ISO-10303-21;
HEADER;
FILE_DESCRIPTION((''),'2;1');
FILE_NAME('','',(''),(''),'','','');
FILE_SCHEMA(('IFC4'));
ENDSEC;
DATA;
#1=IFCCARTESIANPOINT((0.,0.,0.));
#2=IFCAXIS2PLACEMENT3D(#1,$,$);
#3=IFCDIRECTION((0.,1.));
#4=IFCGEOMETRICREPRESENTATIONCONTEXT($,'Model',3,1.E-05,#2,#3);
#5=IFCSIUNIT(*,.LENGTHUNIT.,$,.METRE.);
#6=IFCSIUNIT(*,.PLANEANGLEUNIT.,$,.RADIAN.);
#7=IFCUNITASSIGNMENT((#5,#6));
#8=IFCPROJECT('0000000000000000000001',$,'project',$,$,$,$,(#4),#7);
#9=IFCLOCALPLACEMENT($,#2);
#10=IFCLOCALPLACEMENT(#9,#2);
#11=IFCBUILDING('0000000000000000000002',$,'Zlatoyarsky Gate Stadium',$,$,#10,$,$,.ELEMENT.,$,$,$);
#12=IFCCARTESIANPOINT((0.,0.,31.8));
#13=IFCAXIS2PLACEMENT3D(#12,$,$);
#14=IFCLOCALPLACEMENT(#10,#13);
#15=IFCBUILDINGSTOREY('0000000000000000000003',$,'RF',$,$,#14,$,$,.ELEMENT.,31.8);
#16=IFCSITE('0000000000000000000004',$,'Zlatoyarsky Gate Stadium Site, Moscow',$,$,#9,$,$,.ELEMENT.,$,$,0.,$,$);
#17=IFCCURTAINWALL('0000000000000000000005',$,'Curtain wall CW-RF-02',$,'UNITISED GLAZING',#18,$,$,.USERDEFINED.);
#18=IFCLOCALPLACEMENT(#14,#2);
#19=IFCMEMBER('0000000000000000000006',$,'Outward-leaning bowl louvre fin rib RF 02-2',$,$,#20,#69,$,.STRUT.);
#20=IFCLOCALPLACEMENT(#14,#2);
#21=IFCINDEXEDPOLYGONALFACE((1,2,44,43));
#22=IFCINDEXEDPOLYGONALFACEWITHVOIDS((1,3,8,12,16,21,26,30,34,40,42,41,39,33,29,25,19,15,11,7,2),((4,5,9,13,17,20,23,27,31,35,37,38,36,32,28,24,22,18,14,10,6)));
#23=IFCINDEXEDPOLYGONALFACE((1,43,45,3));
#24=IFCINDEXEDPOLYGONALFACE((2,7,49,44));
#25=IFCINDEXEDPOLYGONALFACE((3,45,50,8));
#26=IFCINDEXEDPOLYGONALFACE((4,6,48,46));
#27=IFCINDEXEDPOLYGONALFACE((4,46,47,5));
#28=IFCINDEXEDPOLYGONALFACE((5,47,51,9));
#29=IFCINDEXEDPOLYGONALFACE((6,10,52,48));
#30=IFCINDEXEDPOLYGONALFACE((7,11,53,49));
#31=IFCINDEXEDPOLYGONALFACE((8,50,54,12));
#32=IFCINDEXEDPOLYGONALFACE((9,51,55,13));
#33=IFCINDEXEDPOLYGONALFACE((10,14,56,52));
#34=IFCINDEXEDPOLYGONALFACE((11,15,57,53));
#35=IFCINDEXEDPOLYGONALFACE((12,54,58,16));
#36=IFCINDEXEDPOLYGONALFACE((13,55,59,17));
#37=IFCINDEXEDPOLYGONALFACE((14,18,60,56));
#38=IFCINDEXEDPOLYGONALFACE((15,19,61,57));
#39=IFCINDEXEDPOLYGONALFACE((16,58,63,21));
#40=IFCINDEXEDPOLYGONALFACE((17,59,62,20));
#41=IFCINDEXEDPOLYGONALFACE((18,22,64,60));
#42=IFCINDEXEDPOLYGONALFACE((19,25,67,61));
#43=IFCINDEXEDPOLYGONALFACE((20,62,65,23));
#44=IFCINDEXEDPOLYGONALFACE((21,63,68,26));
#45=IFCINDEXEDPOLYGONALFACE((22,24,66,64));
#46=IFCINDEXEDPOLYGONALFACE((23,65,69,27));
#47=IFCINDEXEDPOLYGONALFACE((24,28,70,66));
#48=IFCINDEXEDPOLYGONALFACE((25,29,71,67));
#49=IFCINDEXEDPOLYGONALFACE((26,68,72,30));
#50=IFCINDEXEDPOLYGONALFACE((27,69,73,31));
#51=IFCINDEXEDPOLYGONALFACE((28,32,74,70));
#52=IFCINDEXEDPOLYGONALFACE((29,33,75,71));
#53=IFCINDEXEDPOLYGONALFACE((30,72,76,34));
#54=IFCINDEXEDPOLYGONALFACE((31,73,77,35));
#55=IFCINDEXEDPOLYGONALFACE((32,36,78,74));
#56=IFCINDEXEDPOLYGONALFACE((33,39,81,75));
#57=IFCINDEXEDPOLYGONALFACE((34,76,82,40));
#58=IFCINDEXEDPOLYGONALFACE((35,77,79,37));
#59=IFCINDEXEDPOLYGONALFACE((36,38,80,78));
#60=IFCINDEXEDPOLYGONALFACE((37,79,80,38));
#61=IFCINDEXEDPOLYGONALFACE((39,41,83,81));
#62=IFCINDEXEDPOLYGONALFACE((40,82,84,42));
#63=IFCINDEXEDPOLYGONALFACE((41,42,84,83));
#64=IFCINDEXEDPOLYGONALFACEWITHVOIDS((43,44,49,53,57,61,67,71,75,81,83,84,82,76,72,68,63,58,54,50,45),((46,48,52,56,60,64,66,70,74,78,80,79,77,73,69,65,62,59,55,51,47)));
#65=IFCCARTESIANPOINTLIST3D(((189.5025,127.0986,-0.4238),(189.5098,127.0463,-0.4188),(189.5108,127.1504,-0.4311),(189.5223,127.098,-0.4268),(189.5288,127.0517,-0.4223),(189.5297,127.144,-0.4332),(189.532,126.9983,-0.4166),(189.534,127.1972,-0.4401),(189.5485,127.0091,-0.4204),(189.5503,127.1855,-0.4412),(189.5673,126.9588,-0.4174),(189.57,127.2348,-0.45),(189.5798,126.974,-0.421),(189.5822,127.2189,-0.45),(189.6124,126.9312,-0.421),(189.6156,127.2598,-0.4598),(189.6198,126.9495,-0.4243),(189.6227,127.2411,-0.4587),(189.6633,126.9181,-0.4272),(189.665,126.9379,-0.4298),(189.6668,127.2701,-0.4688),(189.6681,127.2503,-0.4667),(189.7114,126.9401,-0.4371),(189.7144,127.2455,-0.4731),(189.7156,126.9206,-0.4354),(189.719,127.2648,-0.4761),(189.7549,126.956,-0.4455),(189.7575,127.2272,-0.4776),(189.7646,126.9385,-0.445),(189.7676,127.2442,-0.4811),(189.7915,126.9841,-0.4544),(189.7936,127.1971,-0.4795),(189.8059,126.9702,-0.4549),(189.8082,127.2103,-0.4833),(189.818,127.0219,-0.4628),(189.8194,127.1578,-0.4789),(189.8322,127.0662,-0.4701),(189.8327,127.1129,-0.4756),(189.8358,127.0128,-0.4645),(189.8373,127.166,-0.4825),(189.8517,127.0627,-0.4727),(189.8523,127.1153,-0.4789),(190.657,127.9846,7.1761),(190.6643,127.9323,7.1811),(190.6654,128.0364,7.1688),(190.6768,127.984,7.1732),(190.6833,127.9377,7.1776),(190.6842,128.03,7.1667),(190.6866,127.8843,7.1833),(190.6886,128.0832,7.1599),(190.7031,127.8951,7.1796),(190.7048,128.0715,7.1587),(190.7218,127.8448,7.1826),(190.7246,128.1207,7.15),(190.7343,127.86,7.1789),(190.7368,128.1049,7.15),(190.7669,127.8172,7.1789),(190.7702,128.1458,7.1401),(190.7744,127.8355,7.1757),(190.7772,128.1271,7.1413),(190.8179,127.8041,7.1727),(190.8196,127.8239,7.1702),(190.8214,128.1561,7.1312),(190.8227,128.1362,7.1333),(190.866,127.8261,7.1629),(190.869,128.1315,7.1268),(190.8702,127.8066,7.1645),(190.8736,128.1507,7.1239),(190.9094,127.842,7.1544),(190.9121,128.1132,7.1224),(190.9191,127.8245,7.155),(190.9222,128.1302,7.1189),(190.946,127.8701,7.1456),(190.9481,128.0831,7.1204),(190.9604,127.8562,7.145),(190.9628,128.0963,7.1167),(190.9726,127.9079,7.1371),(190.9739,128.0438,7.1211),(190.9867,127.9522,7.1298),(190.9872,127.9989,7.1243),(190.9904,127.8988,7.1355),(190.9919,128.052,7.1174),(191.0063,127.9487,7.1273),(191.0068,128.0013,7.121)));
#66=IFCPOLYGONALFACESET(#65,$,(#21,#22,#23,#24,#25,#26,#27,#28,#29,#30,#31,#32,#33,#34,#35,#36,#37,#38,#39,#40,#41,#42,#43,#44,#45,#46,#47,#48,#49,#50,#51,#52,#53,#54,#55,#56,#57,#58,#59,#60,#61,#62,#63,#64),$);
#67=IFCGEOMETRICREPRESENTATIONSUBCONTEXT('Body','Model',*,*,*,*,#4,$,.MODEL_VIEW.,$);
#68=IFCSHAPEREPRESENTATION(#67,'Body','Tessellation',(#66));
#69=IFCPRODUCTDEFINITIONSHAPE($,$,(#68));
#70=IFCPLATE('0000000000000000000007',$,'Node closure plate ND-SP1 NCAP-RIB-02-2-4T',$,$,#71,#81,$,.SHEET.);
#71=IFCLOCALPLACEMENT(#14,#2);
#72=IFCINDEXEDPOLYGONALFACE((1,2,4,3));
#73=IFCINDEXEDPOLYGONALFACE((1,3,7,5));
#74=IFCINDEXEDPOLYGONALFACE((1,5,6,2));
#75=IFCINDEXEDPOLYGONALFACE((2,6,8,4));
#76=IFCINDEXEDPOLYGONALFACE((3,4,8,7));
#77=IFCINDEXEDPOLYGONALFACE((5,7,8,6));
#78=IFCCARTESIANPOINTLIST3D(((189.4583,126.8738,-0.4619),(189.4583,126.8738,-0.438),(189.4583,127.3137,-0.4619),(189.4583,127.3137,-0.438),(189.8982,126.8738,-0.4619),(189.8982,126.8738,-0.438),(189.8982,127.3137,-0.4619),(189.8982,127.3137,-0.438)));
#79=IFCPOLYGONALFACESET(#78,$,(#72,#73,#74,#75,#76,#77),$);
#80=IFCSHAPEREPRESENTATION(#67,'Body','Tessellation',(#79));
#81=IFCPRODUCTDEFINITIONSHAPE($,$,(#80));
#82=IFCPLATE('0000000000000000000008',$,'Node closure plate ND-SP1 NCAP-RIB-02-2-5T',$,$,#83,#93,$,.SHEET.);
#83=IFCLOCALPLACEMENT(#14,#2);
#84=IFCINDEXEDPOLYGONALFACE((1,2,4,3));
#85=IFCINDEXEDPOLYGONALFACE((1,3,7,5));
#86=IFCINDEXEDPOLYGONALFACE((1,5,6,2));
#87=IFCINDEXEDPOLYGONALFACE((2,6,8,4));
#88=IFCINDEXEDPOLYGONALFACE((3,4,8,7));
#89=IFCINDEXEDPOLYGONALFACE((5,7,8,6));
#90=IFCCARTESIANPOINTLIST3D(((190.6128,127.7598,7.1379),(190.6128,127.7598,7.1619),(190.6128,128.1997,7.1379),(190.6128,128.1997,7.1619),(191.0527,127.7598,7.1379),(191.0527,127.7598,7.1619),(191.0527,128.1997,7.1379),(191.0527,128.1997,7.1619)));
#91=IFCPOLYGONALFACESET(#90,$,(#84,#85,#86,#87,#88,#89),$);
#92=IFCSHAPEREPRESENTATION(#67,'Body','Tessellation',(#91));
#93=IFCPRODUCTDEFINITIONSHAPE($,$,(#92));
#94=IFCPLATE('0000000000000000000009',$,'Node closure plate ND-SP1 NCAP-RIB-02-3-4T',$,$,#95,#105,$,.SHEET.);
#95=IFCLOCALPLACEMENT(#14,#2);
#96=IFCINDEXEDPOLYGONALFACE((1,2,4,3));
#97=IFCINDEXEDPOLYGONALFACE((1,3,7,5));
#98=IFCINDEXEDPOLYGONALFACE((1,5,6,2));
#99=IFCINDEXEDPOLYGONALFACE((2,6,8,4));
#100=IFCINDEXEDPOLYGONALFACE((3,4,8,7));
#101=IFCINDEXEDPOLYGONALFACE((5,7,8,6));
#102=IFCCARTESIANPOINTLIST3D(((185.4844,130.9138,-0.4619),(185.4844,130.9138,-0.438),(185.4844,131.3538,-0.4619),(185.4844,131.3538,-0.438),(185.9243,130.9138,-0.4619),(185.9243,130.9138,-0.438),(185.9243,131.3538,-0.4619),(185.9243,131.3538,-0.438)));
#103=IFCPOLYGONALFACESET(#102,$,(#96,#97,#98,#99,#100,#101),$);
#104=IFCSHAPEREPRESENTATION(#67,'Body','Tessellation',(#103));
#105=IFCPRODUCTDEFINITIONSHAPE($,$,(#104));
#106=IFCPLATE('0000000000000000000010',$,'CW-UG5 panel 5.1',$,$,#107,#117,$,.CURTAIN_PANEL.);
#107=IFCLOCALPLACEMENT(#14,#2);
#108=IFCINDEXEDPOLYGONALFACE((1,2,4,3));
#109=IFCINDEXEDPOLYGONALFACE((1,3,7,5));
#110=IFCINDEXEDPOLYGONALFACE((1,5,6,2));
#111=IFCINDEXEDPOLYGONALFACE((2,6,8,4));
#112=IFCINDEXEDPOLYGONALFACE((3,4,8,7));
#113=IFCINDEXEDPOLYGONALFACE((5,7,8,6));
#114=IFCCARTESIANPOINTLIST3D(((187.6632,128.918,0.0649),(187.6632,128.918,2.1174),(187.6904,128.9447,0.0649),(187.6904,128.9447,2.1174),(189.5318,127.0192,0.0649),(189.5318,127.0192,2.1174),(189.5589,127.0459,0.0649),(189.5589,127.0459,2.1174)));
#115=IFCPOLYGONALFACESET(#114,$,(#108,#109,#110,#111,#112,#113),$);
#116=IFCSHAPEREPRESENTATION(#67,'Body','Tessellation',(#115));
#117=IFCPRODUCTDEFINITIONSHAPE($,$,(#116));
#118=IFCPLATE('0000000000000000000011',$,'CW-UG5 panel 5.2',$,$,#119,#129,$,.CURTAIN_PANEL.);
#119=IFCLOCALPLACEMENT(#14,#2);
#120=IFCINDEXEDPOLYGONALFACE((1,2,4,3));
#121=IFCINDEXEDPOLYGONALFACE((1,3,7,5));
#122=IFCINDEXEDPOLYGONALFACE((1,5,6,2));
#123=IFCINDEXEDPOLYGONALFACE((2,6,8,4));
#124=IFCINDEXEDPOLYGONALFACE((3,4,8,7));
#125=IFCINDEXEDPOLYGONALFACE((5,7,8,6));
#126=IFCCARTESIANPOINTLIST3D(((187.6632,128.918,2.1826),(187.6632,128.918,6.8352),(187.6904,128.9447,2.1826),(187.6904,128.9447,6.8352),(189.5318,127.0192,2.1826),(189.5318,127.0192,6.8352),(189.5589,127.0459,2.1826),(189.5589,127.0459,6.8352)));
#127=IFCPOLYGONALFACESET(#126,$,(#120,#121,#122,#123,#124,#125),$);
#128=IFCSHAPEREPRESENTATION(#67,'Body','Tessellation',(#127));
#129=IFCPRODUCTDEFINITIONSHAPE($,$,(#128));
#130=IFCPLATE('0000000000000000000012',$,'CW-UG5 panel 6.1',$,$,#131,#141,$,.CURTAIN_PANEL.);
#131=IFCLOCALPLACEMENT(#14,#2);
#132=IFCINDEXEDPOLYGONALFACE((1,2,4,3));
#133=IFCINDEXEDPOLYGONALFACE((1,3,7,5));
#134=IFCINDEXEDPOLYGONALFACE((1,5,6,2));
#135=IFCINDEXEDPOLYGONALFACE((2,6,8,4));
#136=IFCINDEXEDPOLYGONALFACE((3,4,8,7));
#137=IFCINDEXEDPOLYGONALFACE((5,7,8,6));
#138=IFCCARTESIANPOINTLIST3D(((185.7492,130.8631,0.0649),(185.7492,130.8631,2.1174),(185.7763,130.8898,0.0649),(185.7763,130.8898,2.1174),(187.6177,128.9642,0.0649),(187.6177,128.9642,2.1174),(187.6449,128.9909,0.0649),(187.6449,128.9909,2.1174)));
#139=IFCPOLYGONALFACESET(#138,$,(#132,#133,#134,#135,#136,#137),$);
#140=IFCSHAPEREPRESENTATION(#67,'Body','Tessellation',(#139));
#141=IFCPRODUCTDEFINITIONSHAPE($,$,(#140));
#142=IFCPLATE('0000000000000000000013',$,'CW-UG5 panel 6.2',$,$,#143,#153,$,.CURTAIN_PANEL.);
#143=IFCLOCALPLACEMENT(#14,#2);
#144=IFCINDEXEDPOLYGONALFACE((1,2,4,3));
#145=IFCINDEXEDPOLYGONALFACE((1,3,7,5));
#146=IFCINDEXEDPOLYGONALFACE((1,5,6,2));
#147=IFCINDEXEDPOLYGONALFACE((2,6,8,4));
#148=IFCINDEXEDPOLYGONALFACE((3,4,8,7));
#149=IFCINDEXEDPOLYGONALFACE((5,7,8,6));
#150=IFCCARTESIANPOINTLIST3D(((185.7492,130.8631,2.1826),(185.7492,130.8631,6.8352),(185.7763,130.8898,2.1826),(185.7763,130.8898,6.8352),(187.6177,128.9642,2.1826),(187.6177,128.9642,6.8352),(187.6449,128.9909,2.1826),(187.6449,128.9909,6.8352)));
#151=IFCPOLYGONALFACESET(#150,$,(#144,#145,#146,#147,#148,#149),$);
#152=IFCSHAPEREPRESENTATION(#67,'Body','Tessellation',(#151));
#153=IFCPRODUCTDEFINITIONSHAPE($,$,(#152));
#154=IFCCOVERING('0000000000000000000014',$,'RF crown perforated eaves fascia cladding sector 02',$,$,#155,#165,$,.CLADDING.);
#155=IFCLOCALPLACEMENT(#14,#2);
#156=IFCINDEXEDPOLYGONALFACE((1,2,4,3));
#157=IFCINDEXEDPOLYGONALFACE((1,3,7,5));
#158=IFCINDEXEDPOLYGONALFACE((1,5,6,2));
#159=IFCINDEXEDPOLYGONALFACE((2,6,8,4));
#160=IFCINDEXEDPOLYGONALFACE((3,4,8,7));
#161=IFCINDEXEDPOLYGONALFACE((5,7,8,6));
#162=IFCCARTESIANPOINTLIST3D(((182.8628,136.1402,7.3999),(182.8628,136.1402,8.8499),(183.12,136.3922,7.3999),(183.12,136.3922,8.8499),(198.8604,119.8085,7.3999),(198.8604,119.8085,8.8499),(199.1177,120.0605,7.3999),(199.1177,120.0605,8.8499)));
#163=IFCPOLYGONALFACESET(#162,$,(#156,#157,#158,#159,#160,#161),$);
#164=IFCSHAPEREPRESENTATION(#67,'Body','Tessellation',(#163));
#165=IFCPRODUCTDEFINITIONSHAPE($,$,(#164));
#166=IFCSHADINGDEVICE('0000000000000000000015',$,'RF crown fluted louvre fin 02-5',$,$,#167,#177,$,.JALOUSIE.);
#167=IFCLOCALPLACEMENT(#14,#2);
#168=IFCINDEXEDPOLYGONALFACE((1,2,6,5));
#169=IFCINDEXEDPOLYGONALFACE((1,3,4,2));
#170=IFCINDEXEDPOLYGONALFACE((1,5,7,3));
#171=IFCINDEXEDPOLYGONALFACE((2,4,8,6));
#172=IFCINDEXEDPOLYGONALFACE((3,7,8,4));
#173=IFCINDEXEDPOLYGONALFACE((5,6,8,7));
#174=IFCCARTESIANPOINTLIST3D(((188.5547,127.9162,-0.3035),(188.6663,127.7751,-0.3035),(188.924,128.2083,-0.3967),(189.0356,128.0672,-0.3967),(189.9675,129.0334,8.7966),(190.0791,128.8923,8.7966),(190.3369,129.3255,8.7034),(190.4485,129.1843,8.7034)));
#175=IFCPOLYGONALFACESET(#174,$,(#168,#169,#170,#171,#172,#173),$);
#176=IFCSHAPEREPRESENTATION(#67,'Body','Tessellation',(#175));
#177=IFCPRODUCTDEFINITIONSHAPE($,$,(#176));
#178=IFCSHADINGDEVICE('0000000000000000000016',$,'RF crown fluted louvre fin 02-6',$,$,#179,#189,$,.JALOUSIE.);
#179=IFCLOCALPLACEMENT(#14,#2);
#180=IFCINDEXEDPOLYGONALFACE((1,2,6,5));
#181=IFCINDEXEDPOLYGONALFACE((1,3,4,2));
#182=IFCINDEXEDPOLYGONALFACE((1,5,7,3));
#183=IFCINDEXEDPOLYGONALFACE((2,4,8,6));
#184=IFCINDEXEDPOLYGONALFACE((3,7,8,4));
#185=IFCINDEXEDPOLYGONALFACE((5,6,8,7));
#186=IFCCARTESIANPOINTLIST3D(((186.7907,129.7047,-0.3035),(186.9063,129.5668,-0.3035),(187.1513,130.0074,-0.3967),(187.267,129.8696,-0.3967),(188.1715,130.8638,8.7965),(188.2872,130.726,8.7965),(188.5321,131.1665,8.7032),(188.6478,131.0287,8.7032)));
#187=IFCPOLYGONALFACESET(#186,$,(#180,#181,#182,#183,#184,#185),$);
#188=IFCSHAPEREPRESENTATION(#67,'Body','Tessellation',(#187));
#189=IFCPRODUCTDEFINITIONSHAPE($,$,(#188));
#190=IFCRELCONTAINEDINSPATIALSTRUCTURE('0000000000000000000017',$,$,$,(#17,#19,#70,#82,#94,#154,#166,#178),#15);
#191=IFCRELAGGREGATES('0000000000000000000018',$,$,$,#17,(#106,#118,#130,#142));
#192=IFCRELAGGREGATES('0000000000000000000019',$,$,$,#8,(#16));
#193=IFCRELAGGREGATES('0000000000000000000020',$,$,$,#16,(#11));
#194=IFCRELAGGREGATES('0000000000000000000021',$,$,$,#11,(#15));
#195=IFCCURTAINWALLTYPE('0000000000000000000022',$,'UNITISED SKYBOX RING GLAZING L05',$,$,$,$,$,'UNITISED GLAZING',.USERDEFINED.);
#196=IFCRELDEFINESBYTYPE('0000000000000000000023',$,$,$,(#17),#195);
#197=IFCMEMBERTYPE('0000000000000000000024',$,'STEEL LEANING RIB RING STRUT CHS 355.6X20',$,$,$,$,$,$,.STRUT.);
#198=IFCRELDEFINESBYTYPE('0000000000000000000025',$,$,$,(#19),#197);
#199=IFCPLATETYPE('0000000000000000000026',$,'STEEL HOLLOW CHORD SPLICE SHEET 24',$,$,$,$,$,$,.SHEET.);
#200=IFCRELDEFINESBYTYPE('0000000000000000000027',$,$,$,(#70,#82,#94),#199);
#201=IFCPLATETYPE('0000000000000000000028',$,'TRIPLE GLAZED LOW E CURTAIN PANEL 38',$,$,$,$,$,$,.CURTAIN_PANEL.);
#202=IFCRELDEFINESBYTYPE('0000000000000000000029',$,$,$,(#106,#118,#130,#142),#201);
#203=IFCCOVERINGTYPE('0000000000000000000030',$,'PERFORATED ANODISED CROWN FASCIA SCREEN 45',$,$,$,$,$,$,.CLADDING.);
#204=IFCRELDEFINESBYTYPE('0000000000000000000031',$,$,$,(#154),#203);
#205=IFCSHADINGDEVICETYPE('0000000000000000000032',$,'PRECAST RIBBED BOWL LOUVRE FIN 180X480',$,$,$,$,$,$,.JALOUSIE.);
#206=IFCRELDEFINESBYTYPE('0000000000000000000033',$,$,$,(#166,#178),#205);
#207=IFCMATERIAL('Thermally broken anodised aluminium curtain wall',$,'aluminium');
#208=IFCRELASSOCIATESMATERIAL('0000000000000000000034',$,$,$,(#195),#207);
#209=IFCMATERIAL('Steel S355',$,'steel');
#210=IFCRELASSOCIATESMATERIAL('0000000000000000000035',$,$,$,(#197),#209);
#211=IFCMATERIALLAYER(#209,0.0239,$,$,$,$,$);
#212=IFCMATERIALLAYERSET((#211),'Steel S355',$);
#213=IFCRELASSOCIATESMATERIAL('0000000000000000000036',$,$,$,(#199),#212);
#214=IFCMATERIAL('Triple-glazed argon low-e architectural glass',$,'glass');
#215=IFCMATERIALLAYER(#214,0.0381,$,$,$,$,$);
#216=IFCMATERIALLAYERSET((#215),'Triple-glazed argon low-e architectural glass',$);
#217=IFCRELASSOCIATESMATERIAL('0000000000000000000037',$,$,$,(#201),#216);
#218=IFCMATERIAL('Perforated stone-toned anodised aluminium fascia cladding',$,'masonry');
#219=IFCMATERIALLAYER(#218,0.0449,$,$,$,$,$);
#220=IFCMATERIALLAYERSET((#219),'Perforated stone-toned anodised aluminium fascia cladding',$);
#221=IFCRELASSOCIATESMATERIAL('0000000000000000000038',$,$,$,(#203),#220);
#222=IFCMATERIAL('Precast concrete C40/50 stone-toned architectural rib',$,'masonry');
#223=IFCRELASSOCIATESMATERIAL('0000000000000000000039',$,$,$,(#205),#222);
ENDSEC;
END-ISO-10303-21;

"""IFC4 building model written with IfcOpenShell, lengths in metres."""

from ifc_helpers import new_model, si_unit, direction, frame, origin, origin_2d, place, context, subcontext, project, spatial, rectangle, hollow_circle, extrude, material, layer, layer_set, material_profile, profile_set, type_object, element, aggregate, save


model = new_model("IFC4")

# Units and contexts
model_context = context("Model", 3, precision=1e-05, world=origin(), true_north=direction((0.0, 1.0)))
body_context = subcontext(model_context, "Body", "Model", "MODEL_VIEW")
ifc_project = project(units=[si_unit("LENGTHUNIT", "METRE"), si_unit("PLANEANGLEUNIT", "RADIAN")], contexts=[model_context])

# Site, building, storey
site_placement = place(None, origin())
site = spatial("IfcSite", under=ifc_project, at=site_placement, Name="Zlatoyarsky Gate Stadium Site, Moscow", CompositionType="ELEMENT", RefElevation=0.0)
building_placement = place(site_placement, origin())
building = spatial("IfcBuilding", under=site, at=building_placement, Name="Zlatoyarsky Gate Stadium", CompositionType="ELEMENT")
storey_placement = place(building_placement, frame((0.0, 0.0, 31.8)))
storey = spatial("IfcBuildingStorey", under=building, at=storey_placement, Name="RF", CompositionType="ELEMENT", Elevation=31.8)

# Curtain wall
ifc_material_1 = material(Name="Thermally broken anodised aluminium curtain wall", Category="aluminium")
curtain_wall_type = type_object("IfcCurtainWallType", Name="UNITISED SKYBOX RING GLAZING L05", ElementType="UNITISED GLAZING", PredefinedType="USERDEFINED", material=ifc_material_1)
curtain_wall_placement = place(storey_placement, origin())
curtain_wall = element("IfcCurtainWall", 1, at=curtain_wall_placement, inside=storey, type_object=curtain_wall_type, Name="Curtain wall CW-RF-02", ObjectType="UNITISED GLAZING", PredefinedType="USERDEFINED")

# Member
ifc_material_2 = material(Name="Steel S355", Category="steel")
ifc_material_profile_1 = material_profile(ifc_material_2, hollow_circle(Radius=0.1777, WallThickness=0.02, at=origin_2d()), Name="CHS 355.6X20")
ifc_profile_set_1 = profile_set([ifc_material_profile_1], Name="Steel S355")
member_type_1 = type_object("IfcMemberType", Name="STEEL LEANING RIB RING STRUT CHS 355.6X20", PredefinedType="STRUT", material=ifc_profile_set_1)
member_1_placement = place(storey_placement, frame((189.6782, 127.0938, -0.45), z_axis=(0.149205, 0.114499, 0.982155), x_axis=(-0.608794, 0.793328, 0.0)))
element("IfcMember", 2, at=member_1_placement, inside=storey, type_object=member_type_1, Name="Outward-leaning bowl louvre fin rib RF 02-2", PredefinedType="STRUT", context=body_context, shape_type="SweptSolid", body=[
    extrude(hollow_circle(Radius=0.1777, WallThickness=0.02, at=origin_2d()), origin(), (0.0, 0.0, 1.0), 7.738),
])

# Plates
ifc_layer_1 = layer(ifc_material_2, 0.0239)
ifc_layer_set_1 = layer_set([ifc_layer_1], Name="Steel S355")
plate_type_1 = type_object("IfcPlateType", Name="STEEL HOLLOW CHORD SPLICE SHEET 24", PredefinedType="SHEET", material=ifc_layer_set_1)
for number, where, z_axis, x_axis, name in (
    (3, (189.6782, 127.0938, -0.4619), (0.0, 0.0, 1.0), (1.0, 0.0, 0.0), "Node closure plate ND-SP1 NCAP-RIB-02-2-4T"),
    (4, (190.8328, 127.9797, 7.1379), (0.0, 0.0, 1.0), (1.0, 0.0, 0.0), "Node closure plate ND-SP1 NCAP-RIB-02-2-5T"),
    (5, (185.7043, 131.1338, -0.4619), (0.0, 0.0, 1.0), (1.0, 0.0, 0.0), "Node closure plate ND-SP1 NCAP-RIB-02-3-4T"),
):
    element("IfcPlate", number, at=place(storey_placement, frame(where, z_axis=z_axis, x_axis=x_axis)), inside=storey, type_object=plate_type_1, Name=name, PredefinedType="SHEET", context=body_context, shape_type="SweptSolid", body=[
        extrude(rectangle(XDim=0.4399, YDim=0.4399, at=origin_2d()), origin(), (0.0, 0.0, 1.0), 0.0239),
    ])

# Plates
ifc_material_3 = material(Name="Triple-glazed argon low-e architectural glass", Category="glass")
ifc_layer_2 = layer(ifc_material_3, 0.0381)
ifc_layer_set_2 = layer_set([ifc_layer_2], Name="Triple-glazed argon low-e architectural glass")
plate_type_2 = type_object("IfcPlateType", Name="TRIPLE GLAZED LOW E CURTAIN PANEL 38", PredefinedType="CURTAIN_PANEL", material=ifc_layer_set_2)
plate_1_placement = place(storey_placement, frame((188.6111, 127.9819, 0.0649), z_axis=(0.0, 0.0, 1.0), x_axis=(-0.701402, 0.712766, 0.0)))
plate_1 = element("IfcPlate", 6, at=plate_1_placement, type_object=plate_type_2, Name="CW-UG5 panel 5.1", PredefinedType="CURTAIN_PANEL", context=body_context, shape_type="SweptSolid", body=[
    extrude(rectangle(XDim=2.6641, YDim=0.0381, at=origin_2d()), origin(), (0.0, 0.0, 1.0), 2.0525),
])
plate_2_placement = place(storey_placement, frame((188.6111, 127.9819, 2.1826), z_axis=(0.0, 0.0, 1.0), x_axis=(-0.701402, 0.712766, 0.0)))
plate_2 = element("IfcPlate", 7, at=plate_2_placement, type_object=plate_type_2, Name="CW-UG5 panel 5.2", PredefinedType="CURTAIN_PANEL", context=body_context, shape_type="SweptSolid", body=[
    extrude(rectangle(XDim=2.6641, YDim=0.0381, at=origin_2d()), origin(), (0.0, 0.0, 1.0), 4.6526),
])
plate_3_placement = place(storey_placement, frame((186.697, 129.927, 0.0649), z_axis=(0.0, 0.0, 1.0), x_axis=(-0.701402, 0.712766, 0.0)))
plate_3 = element("IfcPlate", 8, at=plate_3_placement, type_object=plate_type_2, Name="CW-UG5 panel 6.1", PredefinedType="CURTAIN_PANEL", context=body_context, shape_type="SweptSolid", body=[
    extrude(rectangle(XDim=2.6641, YDim=0.0381, at=origin_2d()), origin(), (0.0, 0.0, 1.0), 2.0525),
])
plate_4_placement = place(storey_placement, frame((186.697, 129.927, 2.1826), z_axis=(0.0, 0.0, 1.0), x_axis=(-0.701402, 0.712766, 0.0)))
plate_4 = element("IfcPlate", 9, at=plate_4_placement, type_object=plate_type_2, Name="CW-UG5 panel 6.2", PredefinedType="CURTAIN_PANEL", context=body_context, shape_type="SweptSolid", body=[
    extrude(rectangle(XDim=2.6641, YDim=0.0381, at=origin_2d()), origin(), (0.0, 0.0, 1.0), 4.6526),
])
aggregate(curtain_wall, [plate_1, plate_2, plate_3, plate_4])

# Covering
ifc_material_4 = material(Name="Perforated stone-toned anodised aluminium fascia cladding", Category="masonry")
ifc_layer_3 = layer(ifc_material_4, 0.0449)
ifc_layer_set_3 = layer_set([ifc_layer_3], Name="Perforated stone-toned anodised aluminium fascia cladding")
covering_type = type_object("IfcCoveringType", Name="PERFORATED ANODISED CROWN FASCIA SCREEN 45", PredefinedType="CLADDING", material=ifc_layer_set_3)
covering_placement = place(storey_placement, frame((190.9902, 128.1003, 7.3999), z_axis=(0.0, 0.0, 1.0), x_axis=(-0.699762, 0.714376, 0.0)))
element("IfcCovering", 10, at=covering_placement, inside=storey, type_object=covering_type, Name="RF crown perforated eaves fascia cladding sector 02", PredefinedType="CLADDING", context=body_context, shape_type="SweptSolid", body=[
    extrude(rectangle(XDim=22.8616, YDim=0.3601, at=origin_2d()), origin(), (0.0, 0.0, 1.0), 1.45),
])

# Shading devices
ifc_material_5 = material(Name="Precast concrete C40/50 stone-toned architectural rib", Category="masonry")
ifc_material_profile_2 = material_profile(ifc_material_5, rectangle(XDim=0.1799, YDim=0.48, at=origin_2d()), Name="RIB 180X480")
ifc_profile_set_2 = profile_set([ifc_material_profile_2], Name="Precast concrete C40/50 stone-toned architectural rib")
shading_device_type = type_object("IfcShadingDeviceType", Name="PRECAST RIBBED BOWL LOUVRE FIN 180X480", PredefinedType="JALOUSIE", material=ifc_profile_set_2)
shading_device_1_placement = place(storey_placement, frame((188.7952, 127.9917, -0.3501), z_axis=(0.152301, 0.12043, 0.980969), x_axis=(-0.620255, 0.7844, 0.0)))
element("IfcShadingDevice", 11, at=shading_device_1_placement, inside=storey, type_object=shading_device_type, Name="RF crown fluted louvre fin 02-5", PredefinedType="JALOUSIE", context=body_context, shape_type="SweptSolid", body=[
    extrude(rectangle(XDim=0.1799, YDim=0.48, at=origin_2d()), origin(), (0.0, 0.0, 1.0), 9.2766),
])
shading_device_2_placement = place(storey_placement, frame((187.0288, 129.7871, -0.3501), z_axis=(0.148848, 0.124952, 0.980934), x_axis=(-0.642951, 0.765908, 0.0)))
element("IfcShadingDevice", 12, at=shading_device_2_placement, inside=storey, type_object=shading_device_type, Name="RF crown fluted louvre fin 02-6", PredefinedType="JALOUSIE", context=body_context, shape_type="SweptSolid", body=[
    extrude(rectangle(XDim=0.1799, YDim=0.48, at=origin_2d()), origin(), (0.0, 0.0, 1.0), 9.2769),
])

save(model, "model.ifc")
